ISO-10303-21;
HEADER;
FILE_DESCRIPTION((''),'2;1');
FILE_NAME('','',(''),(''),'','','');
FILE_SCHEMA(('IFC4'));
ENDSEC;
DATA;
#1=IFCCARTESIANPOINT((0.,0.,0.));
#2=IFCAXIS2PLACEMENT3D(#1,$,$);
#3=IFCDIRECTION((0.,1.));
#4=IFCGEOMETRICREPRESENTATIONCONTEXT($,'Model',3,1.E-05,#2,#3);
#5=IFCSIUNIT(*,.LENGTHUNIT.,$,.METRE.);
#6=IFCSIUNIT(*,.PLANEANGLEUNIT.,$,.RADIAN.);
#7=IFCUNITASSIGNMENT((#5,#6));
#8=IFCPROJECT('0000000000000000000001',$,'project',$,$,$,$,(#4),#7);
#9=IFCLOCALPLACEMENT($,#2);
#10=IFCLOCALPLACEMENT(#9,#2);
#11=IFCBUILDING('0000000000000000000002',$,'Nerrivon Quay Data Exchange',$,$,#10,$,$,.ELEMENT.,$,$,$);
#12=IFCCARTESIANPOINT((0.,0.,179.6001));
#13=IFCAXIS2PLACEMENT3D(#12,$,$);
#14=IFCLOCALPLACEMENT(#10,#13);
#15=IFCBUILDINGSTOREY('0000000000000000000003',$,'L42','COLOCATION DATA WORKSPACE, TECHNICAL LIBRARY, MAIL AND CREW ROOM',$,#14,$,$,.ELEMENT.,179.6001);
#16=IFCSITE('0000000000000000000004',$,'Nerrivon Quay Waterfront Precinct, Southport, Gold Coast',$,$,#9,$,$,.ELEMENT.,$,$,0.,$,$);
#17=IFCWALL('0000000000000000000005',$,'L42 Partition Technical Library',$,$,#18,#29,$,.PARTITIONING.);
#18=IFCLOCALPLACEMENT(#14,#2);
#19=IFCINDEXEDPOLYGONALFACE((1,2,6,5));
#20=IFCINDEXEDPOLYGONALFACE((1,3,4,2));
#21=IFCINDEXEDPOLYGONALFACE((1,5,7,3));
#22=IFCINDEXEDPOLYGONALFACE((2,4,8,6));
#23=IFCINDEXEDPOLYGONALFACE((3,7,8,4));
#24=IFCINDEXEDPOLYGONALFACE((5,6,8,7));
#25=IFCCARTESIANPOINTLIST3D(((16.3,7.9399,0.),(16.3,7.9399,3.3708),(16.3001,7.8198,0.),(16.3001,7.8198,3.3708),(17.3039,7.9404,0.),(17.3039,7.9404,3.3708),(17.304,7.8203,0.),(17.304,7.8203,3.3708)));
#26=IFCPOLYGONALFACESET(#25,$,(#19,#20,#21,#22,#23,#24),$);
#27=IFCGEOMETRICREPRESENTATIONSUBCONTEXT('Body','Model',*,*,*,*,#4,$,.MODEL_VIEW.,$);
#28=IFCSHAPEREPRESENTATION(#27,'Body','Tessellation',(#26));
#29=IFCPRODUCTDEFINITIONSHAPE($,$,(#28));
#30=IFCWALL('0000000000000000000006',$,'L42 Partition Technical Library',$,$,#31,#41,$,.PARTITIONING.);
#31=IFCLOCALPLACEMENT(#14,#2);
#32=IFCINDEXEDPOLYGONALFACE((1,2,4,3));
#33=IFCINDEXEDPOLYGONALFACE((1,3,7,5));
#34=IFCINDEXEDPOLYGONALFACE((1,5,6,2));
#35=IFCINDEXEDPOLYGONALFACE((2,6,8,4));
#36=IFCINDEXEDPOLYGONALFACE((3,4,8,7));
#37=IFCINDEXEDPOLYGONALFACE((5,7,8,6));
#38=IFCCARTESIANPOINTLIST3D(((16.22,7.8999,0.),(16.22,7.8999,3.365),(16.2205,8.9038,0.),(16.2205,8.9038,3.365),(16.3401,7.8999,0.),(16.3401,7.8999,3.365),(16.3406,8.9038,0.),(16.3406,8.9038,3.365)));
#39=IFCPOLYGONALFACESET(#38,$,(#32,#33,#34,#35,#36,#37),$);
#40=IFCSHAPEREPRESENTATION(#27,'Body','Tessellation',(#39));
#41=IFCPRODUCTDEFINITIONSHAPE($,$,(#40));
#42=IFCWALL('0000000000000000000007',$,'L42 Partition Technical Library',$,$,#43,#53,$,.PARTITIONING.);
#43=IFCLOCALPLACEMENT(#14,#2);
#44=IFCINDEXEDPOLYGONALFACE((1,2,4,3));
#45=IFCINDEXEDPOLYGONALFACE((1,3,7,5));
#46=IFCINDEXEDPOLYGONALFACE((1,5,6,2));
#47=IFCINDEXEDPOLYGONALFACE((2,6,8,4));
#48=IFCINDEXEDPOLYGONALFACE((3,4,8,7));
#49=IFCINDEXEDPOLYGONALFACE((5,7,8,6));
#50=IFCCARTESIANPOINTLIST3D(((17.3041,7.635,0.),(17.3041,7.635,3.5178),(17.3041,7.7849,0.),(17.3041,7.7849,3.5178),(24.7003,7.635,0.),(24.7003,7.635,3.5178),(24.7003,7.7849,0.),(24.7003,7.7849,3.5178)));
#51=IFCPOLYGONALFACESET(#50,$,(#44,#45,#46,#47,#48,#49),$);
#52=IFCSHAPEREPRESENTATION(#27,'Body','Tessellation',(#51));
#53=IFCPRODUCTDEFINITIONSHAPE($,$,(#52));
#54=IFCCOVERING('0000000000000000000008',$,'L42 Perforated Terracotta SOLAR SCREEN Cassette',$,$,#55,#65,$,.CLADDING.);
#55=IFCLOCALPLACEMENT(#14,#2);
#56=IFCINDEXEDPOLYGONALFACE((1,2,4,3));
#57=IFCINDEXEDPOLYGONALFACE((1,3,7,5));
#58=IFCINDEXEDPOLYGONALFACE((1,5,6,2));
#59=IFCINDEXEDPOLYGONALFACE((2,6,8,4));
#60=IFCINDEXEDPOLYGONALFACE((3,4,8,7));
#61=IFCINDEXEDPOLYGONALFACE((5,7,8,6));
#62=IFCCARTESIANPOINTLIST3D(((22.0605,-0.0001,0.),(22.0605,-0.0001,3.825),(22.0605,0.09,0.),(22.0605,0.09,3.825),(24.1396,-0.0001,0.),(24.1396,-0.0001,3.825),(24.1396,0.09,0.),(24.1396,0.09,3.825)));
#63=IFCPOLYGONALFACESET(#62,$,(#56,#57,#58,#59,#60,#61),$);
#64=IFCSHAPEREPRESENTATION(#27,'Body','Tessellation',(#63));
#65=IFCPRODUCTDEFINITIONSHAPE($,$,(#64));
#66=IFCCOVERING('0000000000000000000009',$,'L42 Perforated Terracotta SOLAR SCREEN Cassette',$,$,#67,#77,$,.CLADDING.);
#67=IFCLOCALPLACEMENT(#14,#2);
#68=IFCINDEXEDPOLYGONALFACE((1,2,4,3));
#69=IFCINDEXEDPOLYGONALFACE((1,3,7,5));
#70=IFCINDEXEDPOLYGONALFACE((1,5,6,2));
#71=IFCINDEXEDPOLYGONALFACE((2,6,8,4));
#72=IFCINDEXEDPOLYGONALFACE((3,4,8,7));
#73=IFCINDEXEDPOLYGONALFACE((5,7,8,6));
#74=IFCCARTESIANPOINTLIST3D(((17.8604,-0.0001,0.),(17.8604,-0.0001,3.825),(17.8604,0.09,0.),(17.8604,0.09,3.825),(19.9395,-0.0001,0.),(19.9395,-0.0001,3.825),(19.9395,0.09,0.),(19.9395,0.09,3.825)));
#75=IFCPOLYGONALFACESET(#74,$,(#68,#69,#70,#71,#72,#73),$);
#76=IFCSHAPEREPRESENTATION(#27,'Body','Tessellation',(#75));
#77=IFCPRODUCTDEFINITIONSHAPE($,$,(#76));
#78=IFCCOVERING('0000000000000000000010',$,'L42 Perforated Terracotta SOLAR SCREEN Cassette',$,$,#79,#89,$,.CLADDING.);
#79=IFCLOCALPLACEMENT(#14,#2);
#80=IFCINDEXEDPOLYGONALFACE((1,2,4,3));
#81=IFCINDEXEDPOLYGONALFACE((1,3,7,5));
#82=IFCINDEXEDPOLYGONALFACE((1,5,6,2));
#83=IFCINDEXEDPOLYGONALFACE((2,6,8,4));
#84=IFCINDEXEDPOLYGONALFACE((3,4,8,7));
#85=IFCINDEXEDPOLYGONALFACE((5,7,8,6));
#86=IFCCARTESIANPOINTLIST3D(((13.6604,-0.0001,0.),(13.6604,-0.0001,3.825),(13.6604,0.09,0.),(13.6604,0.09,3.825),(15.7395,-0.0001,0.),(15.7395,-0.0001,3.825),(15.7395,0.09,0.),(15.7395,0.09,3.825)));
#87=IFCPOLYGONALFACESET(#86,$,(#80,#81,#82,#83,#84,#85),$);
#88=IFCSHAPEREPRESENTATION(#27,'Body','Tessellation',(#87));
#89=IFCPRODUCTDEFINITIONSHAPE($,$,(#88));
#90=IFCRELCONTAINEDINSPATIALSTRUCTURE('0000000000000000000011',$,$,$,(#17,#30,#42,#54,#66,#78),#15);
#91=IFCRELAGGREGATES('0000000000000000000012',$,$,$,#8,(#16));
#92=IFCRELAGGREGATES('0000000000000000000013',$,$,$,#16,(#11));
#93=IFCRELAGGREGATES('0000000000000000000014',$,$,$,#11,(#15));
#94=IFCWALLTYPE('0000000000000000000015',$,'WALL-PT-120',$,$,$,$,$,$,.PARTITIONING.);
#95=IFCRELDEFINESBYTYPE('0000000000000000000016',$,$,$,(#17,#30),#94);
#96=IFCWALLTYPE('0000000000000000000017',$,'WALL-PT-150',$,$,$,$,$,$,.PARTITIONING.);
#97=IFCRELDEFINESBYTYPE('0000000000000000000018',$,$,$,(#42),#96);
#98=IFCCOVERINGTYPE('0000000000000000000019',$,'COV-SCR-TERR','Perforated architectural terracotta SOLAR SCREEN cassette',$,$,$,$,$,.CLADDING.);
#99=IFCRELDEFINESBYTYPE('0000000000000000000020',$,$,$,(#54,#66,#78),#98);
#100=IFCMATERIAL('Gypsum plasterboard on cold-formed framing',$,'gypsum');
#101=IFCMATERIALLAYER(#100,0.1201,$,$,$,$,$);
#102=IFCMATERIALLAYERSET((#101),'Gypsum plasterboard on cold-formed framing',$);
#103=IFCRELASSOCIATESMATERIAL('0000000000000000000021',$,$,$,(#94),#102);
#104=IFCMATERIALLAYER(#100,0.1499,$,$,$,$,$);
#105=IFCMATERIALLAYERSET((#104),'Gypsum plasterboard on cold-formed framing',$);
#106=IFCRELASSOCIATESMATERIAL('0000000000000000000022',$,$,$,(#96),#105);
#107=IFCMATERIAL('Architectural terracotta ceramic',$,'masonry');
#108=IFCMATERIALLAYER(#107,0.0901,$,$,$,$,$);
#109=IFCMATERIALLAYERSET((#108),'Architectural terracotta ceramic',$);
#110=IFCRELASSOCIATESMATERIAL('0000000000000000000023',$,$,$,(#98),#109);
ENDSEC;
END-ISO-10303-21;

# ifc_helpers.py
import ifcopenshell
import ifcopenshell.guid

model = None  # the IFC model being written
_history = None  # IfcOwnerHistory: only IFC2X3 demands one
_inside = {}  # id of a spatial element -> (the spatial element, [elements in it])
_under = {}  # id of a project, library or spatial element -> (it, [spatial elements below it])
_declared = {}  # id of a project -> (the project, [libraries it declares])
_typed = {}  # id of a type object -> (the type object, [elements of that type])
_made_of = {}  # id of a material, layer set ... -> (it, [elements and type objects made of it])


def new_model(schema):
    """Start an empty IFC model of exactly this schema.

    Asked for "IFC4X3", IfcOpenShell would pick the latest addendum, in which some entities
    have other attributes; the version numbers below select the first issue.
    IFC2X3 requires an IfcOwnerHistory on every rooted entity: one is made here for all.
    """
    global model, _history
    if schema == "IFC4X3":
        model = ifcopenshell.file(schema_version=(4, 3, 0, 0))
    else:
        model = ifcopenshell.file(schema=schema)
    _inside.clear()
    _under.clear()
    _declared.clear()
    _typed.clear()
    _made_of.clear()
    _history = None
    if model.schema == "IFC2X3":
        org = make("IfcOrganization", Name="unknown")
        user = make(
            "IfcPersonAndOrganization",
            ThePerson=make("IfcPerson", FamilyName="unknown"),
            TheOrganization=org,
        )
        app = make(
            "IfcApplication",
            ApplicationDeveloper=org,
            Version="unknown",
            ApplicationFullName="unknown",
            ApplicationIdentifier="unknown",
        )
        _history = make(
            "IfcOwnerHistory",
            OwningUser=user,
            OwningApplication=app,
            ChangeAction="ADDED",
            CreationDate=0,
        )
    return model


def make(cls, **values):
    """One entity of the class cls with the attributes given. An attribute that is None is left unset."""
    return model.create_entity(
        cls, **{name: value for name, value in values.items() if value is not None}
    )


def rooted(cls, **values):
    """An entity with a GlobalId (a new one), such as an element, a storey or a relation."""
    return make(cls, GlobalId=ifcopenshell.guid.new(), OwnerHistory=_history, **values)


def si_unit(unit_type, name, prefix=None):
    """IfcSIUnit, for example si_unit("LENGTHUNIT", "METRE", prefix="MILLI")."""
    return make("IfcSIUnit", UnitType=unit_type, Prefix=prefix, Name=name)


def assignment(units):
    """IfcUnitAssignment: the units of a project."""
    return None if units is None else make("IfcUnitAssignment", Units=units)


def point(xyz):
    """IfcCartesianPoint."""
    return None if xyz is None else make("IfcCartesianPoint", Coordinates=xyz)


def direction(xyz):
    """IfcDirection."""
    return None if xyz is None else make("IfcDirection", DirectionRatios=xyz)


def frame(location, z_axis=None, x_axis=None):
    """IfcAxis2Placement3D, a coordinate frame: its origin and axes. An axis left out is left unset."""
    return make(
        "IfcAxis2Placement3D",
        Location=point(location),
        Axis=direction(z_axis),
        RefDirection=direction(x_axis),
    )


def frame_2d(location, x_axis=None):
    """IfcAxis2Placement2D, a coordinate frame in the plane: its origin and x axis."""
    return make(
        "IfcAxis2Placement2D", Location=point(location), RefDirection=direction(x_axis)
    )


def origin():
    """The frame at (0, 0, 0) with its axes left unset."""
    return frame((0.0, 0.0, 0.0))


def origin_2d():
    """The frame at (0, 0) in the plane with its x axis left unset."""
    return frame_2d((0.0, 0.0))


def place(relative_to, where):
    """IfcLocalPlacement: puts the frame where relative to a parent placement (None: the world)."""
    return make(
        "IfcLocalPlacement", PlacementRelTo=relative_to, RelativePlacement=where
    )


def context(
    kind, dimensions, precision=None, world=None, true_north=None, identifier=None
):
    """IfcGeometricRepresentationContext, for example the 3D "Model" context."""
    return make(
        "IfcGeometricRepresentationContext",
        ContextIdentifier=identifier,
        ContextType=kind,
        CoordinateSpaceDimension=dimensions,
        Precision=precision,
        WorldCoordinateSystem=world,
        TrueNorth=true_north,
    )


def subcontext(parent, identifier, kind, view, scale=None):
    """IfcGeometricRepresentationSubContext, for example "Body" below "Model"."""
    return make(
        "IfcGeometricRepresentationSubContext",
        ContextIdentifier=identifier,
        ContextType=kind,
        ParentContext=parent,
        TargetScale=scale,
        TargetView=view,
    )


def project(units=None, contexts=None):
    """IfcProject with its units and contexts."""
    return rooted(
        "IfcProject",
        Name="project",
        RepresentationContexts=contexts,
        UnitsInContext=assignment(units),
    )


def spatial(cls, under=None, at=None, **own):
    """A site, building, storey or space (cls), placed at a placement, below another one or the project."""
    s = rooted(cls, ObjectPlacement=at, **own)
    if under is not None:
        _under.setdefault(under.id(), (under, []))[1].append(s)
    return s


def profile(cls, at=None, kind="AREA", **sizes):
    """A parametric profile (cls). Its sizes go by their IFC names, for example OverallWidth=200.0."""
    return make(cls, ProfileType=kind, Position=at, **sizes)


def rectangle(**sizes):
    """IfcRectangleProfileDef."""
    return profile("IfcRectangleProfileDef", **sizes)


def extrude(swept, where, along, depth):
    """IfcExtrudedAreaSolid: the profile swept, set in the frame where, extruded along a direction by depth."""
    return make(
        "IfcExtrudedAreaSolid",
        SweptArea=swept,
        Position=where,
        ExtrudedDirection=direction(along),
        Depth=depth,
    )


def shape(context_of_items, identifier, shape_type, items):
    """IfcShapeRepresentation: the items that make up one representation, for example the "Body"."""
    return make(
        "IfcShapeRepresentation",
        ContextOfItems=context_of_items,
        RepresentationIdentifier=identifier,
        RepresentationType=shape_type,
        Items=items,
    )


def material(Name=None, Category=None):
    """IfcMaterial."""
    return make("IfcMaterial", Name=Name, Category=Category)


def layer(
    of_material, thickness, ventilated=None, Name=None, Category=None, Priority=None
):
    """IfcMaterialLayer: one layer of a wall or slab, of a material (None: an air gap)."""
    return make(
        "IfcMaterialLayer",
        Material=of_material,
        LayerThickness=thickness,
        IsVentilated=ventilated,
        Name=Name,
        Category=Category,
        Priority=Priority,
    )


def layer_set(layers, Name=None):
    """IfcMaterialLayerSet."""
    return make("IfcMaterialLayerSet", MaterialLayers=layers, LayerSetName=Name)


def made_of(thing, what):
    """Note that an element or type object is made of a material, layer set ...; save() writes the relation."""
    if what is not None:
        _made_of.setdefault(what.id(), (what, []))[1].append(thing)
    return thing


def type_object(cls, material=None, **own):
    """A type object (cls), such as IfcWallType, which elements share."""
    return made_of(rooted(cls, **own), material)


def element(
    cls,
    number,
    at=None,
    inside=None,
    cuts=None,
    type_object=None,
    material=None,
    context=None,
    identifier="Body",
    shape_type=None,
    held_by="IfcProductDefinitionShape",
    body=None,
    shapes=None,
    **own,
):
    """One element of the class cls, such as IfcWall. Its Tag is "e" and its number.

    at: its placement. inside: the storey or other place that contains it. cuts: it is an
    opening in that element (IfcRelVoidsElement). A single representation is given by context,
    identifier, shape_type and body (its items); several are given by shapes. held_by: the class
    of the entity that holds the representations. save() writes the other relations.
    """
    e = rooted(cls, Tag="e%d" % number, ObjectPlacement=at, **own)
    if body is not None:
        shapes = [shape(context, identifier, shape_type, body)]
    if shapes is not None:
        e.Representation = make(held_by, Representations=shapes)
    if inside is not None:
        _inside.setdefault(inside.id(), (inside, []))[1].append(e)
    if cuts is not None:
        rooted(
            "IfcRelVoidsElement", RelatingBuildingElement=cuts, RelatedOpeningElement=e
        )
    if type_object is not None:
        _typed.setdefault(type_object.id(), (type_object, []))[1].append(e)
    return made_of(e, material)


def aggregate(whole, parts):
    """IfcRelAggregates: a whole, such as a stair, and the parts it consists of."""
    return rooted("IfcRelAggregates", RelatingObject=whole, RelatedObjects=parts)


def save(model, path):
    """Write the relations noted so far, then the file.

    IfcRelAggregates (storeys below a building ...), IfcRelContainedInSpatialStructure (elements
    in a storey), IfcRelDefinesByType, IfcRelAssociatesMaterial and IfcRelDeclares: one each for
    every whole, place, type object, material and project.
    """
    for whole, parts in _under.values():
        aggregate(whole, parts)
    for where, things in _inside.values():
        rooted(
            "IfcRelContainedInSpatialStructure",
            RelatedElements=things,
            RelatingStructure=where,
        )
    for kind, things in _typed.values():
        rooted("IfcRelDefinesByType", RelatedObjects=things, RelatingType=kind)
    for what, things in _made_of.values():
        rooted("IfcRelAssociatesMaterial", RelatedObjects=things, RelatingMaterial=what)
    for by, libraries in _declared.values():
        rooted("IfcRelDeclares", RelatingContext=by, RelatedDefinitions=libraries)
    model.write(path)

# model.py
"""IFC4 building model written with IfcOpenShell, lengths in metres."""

from ifc_helpers import new_model, si_unit, direction, frame, frame_2d, origin, origin_2d, place, context, subcontext, project, spatial, rectangle, extrude, material, layer, layer_set, type_object, element, save


model = new_model("IFC4")

# Units and contexts
model_context = context("Model", 3, precision=1e-05, world=origin(), true_north=direction((0.0, 1.0)))
body_context = subcontext(model_context, "Body", "Model", "MODEL_VIEW")
ifc_project = project(units=[si_unit("LENGTHUNIT", "METRE"), si_unit("PLANEANGLEUNIT", "RADIAN")], contexts=[model_context])

# Site, building, storey
site_placement = place(None, origin())
site = spatial("IfcSite", under=ifc_project, at=site_placement, Name="Nerrivon Quay Waterfront Precinct, Southport, Gold Coast", CompositionType="ELEMENT", RefElevation=0.0)
building_placement = place(site_placement, origin())
building = spatial("IfcBuilding", under=site, at=building_placement, Name="Nerrivon Quay Data Exchange", CompositionType="ELEMENT")
storey_placement = place(building_placement, frame((0.0, 0.0, 179.6001)))
storey = spatial("IfcBuildingStorey", under=building, at=storey_placement, Name="L42", Description="COLOCATION DATA WORKSPACE, TECHNICAL LIBRARY, MAIL AND CREW ROOM", CompositionType="ELEMENT", Elevation=179.6001)

# Walls
ifc_material_1 = material(Name="Gypsum plasterboard on cold-formed framing", Category="gypsum")
ifc_layer_1 = layer(ifc_material_1, 0.1201)
ifc_layer_set_1 = layer_set([ifc_layer_1], Name="Gypsum plasterboard on cold-formed framing")
wall_type_1 = type_object("IfcWallType", Name="WALL-PT-120", PredefinedType="PARTITIONING", material=ifc_layer_set_1)
wall_1_placement = place(storey_placement, frame((17.304, 7.8804, 0.0), z_axis=(0.0, 0.0, 1.0), x_axis=(-1.0, -0.000486, 0.0)))
element("IfcWall", 1, at=wall_1_placement, inside=storey, type_object=wall_type_1, Name="L42 Partition Technical Library", PredefinedType="PARTITIONING", context=body_context, shape_type="SweptSolid", body=[
    extrude(rectangle(XDim=1.0039, YDim=0.1201, at=frame_2d((0.502, 0.0))), origin(), (0.0, 0.0, 1.0), 3.3708),
])
wall_2_placement = place(storey_placement, frame((16.28, 7.8999, 0.0), z_axis=(0.0, 0.0, 1.0), x_axis=(0.000486, 1.0, 0.0)))
element("IfcWall", 2, at=wall_2_placement, inside=storey, type_object=wall_type_1, Name="L42 Partition Technical Library", PredefinedType="PARTITIONING", context=body_context, shape_type="SweptSolid", body=[
    extrude(rectangle(XDim=1.0039, YDim=0.1201, at=frame_2d((0.502, 0.0))), origin(), (0.0, 0.0, 1.0), 3.365),
])
ifc_layer_2 = layer(ifc_material_1, 0.1499)
ifc_layer_set_2 = layer_set([ifc_layer_2], Name="Gypsum plasterboard on cold-formed framing")
wall_type_2 = type_object("IfcWallType", Name="WALL-PT-150", PredefinedType="PARTITIONING", material=ifc_layer_set_2)
wall_3_placement = place(storey_placement, frame((17.304, 7.71, 0.0), z_axis=(0.0, 0.0, 1.0), x_axis=(1.0, 0.0, 0.0)))
element("IfcWall", 3, at=wall_3_placement, inside=storey, type_object=wall_type_2, Name="L42 Partition Technical Library", PredefinedType="PARTITIONING", context=body_context, shape_type="SweptSolid", body=[
    extrude(rectangle(XDim=7.3962, YDim=0.1499, at=frame_2d((3.6982, 0.0))), origin(), (0.0, 0.0, 1.0), 3.5178),
])

# Coverings
ifc_material_2 = material(Name="Architectural terracotta ceramic", Category="masonry")
ifc_layer_3 = layer(ifc_material_2, 0.0901)
ifc_layer_set_3 = layer_set([ifc_layer_3], Name="Architectural terracotta ceramic")
covering_type = type_object("IfcCoveringType", Name="COV-SCR-TERR", Description="Perforated architectural terracotta SOLAR SCREEN cassette", PredefinedType="CLADDING", material=ifc_layer_set_3)
for number, where, z_axis, x_axis, name in (
    (4, (23.1001, 0.0449, 0.0), (0.0, 0.0, 1.0), (-1.0, 0.0, 0.0), "L42 Perforated Terracotta SOLAR SCREEN Cassette"),
    (5, (18.8999, 0.0449, 0.0), (0.0, 0.0, 1.0), (-1.0, 0.0, 0.0), "L42 Perforated Terracotta SOLAR SCREEN Cassette"),
    (6, (14.7, 0.0449, 0.0), (0.0, 0.0, 1.0), (-1.0, 0.0, 0.0), "L42 Perforated Terracotta SOLAR SCREEN Cassette"),
):
    element("IfcCovering", number, at=place(storey_placement, frame(where, z_axis=z_axis, x_axis=x_axis)), inside=storey, type_object=covering_type, Name=name, PredefinedType="CLADDING", context=body_context, shape_type="SweptSolid", body=[
        extrude(rectangle(XDim=2.0791, YDim=0.0901, at=origin_2d()), origin(), (0.0, 0.0, 1.0), 3.825),
    ])

save(model, "model.ifc")
